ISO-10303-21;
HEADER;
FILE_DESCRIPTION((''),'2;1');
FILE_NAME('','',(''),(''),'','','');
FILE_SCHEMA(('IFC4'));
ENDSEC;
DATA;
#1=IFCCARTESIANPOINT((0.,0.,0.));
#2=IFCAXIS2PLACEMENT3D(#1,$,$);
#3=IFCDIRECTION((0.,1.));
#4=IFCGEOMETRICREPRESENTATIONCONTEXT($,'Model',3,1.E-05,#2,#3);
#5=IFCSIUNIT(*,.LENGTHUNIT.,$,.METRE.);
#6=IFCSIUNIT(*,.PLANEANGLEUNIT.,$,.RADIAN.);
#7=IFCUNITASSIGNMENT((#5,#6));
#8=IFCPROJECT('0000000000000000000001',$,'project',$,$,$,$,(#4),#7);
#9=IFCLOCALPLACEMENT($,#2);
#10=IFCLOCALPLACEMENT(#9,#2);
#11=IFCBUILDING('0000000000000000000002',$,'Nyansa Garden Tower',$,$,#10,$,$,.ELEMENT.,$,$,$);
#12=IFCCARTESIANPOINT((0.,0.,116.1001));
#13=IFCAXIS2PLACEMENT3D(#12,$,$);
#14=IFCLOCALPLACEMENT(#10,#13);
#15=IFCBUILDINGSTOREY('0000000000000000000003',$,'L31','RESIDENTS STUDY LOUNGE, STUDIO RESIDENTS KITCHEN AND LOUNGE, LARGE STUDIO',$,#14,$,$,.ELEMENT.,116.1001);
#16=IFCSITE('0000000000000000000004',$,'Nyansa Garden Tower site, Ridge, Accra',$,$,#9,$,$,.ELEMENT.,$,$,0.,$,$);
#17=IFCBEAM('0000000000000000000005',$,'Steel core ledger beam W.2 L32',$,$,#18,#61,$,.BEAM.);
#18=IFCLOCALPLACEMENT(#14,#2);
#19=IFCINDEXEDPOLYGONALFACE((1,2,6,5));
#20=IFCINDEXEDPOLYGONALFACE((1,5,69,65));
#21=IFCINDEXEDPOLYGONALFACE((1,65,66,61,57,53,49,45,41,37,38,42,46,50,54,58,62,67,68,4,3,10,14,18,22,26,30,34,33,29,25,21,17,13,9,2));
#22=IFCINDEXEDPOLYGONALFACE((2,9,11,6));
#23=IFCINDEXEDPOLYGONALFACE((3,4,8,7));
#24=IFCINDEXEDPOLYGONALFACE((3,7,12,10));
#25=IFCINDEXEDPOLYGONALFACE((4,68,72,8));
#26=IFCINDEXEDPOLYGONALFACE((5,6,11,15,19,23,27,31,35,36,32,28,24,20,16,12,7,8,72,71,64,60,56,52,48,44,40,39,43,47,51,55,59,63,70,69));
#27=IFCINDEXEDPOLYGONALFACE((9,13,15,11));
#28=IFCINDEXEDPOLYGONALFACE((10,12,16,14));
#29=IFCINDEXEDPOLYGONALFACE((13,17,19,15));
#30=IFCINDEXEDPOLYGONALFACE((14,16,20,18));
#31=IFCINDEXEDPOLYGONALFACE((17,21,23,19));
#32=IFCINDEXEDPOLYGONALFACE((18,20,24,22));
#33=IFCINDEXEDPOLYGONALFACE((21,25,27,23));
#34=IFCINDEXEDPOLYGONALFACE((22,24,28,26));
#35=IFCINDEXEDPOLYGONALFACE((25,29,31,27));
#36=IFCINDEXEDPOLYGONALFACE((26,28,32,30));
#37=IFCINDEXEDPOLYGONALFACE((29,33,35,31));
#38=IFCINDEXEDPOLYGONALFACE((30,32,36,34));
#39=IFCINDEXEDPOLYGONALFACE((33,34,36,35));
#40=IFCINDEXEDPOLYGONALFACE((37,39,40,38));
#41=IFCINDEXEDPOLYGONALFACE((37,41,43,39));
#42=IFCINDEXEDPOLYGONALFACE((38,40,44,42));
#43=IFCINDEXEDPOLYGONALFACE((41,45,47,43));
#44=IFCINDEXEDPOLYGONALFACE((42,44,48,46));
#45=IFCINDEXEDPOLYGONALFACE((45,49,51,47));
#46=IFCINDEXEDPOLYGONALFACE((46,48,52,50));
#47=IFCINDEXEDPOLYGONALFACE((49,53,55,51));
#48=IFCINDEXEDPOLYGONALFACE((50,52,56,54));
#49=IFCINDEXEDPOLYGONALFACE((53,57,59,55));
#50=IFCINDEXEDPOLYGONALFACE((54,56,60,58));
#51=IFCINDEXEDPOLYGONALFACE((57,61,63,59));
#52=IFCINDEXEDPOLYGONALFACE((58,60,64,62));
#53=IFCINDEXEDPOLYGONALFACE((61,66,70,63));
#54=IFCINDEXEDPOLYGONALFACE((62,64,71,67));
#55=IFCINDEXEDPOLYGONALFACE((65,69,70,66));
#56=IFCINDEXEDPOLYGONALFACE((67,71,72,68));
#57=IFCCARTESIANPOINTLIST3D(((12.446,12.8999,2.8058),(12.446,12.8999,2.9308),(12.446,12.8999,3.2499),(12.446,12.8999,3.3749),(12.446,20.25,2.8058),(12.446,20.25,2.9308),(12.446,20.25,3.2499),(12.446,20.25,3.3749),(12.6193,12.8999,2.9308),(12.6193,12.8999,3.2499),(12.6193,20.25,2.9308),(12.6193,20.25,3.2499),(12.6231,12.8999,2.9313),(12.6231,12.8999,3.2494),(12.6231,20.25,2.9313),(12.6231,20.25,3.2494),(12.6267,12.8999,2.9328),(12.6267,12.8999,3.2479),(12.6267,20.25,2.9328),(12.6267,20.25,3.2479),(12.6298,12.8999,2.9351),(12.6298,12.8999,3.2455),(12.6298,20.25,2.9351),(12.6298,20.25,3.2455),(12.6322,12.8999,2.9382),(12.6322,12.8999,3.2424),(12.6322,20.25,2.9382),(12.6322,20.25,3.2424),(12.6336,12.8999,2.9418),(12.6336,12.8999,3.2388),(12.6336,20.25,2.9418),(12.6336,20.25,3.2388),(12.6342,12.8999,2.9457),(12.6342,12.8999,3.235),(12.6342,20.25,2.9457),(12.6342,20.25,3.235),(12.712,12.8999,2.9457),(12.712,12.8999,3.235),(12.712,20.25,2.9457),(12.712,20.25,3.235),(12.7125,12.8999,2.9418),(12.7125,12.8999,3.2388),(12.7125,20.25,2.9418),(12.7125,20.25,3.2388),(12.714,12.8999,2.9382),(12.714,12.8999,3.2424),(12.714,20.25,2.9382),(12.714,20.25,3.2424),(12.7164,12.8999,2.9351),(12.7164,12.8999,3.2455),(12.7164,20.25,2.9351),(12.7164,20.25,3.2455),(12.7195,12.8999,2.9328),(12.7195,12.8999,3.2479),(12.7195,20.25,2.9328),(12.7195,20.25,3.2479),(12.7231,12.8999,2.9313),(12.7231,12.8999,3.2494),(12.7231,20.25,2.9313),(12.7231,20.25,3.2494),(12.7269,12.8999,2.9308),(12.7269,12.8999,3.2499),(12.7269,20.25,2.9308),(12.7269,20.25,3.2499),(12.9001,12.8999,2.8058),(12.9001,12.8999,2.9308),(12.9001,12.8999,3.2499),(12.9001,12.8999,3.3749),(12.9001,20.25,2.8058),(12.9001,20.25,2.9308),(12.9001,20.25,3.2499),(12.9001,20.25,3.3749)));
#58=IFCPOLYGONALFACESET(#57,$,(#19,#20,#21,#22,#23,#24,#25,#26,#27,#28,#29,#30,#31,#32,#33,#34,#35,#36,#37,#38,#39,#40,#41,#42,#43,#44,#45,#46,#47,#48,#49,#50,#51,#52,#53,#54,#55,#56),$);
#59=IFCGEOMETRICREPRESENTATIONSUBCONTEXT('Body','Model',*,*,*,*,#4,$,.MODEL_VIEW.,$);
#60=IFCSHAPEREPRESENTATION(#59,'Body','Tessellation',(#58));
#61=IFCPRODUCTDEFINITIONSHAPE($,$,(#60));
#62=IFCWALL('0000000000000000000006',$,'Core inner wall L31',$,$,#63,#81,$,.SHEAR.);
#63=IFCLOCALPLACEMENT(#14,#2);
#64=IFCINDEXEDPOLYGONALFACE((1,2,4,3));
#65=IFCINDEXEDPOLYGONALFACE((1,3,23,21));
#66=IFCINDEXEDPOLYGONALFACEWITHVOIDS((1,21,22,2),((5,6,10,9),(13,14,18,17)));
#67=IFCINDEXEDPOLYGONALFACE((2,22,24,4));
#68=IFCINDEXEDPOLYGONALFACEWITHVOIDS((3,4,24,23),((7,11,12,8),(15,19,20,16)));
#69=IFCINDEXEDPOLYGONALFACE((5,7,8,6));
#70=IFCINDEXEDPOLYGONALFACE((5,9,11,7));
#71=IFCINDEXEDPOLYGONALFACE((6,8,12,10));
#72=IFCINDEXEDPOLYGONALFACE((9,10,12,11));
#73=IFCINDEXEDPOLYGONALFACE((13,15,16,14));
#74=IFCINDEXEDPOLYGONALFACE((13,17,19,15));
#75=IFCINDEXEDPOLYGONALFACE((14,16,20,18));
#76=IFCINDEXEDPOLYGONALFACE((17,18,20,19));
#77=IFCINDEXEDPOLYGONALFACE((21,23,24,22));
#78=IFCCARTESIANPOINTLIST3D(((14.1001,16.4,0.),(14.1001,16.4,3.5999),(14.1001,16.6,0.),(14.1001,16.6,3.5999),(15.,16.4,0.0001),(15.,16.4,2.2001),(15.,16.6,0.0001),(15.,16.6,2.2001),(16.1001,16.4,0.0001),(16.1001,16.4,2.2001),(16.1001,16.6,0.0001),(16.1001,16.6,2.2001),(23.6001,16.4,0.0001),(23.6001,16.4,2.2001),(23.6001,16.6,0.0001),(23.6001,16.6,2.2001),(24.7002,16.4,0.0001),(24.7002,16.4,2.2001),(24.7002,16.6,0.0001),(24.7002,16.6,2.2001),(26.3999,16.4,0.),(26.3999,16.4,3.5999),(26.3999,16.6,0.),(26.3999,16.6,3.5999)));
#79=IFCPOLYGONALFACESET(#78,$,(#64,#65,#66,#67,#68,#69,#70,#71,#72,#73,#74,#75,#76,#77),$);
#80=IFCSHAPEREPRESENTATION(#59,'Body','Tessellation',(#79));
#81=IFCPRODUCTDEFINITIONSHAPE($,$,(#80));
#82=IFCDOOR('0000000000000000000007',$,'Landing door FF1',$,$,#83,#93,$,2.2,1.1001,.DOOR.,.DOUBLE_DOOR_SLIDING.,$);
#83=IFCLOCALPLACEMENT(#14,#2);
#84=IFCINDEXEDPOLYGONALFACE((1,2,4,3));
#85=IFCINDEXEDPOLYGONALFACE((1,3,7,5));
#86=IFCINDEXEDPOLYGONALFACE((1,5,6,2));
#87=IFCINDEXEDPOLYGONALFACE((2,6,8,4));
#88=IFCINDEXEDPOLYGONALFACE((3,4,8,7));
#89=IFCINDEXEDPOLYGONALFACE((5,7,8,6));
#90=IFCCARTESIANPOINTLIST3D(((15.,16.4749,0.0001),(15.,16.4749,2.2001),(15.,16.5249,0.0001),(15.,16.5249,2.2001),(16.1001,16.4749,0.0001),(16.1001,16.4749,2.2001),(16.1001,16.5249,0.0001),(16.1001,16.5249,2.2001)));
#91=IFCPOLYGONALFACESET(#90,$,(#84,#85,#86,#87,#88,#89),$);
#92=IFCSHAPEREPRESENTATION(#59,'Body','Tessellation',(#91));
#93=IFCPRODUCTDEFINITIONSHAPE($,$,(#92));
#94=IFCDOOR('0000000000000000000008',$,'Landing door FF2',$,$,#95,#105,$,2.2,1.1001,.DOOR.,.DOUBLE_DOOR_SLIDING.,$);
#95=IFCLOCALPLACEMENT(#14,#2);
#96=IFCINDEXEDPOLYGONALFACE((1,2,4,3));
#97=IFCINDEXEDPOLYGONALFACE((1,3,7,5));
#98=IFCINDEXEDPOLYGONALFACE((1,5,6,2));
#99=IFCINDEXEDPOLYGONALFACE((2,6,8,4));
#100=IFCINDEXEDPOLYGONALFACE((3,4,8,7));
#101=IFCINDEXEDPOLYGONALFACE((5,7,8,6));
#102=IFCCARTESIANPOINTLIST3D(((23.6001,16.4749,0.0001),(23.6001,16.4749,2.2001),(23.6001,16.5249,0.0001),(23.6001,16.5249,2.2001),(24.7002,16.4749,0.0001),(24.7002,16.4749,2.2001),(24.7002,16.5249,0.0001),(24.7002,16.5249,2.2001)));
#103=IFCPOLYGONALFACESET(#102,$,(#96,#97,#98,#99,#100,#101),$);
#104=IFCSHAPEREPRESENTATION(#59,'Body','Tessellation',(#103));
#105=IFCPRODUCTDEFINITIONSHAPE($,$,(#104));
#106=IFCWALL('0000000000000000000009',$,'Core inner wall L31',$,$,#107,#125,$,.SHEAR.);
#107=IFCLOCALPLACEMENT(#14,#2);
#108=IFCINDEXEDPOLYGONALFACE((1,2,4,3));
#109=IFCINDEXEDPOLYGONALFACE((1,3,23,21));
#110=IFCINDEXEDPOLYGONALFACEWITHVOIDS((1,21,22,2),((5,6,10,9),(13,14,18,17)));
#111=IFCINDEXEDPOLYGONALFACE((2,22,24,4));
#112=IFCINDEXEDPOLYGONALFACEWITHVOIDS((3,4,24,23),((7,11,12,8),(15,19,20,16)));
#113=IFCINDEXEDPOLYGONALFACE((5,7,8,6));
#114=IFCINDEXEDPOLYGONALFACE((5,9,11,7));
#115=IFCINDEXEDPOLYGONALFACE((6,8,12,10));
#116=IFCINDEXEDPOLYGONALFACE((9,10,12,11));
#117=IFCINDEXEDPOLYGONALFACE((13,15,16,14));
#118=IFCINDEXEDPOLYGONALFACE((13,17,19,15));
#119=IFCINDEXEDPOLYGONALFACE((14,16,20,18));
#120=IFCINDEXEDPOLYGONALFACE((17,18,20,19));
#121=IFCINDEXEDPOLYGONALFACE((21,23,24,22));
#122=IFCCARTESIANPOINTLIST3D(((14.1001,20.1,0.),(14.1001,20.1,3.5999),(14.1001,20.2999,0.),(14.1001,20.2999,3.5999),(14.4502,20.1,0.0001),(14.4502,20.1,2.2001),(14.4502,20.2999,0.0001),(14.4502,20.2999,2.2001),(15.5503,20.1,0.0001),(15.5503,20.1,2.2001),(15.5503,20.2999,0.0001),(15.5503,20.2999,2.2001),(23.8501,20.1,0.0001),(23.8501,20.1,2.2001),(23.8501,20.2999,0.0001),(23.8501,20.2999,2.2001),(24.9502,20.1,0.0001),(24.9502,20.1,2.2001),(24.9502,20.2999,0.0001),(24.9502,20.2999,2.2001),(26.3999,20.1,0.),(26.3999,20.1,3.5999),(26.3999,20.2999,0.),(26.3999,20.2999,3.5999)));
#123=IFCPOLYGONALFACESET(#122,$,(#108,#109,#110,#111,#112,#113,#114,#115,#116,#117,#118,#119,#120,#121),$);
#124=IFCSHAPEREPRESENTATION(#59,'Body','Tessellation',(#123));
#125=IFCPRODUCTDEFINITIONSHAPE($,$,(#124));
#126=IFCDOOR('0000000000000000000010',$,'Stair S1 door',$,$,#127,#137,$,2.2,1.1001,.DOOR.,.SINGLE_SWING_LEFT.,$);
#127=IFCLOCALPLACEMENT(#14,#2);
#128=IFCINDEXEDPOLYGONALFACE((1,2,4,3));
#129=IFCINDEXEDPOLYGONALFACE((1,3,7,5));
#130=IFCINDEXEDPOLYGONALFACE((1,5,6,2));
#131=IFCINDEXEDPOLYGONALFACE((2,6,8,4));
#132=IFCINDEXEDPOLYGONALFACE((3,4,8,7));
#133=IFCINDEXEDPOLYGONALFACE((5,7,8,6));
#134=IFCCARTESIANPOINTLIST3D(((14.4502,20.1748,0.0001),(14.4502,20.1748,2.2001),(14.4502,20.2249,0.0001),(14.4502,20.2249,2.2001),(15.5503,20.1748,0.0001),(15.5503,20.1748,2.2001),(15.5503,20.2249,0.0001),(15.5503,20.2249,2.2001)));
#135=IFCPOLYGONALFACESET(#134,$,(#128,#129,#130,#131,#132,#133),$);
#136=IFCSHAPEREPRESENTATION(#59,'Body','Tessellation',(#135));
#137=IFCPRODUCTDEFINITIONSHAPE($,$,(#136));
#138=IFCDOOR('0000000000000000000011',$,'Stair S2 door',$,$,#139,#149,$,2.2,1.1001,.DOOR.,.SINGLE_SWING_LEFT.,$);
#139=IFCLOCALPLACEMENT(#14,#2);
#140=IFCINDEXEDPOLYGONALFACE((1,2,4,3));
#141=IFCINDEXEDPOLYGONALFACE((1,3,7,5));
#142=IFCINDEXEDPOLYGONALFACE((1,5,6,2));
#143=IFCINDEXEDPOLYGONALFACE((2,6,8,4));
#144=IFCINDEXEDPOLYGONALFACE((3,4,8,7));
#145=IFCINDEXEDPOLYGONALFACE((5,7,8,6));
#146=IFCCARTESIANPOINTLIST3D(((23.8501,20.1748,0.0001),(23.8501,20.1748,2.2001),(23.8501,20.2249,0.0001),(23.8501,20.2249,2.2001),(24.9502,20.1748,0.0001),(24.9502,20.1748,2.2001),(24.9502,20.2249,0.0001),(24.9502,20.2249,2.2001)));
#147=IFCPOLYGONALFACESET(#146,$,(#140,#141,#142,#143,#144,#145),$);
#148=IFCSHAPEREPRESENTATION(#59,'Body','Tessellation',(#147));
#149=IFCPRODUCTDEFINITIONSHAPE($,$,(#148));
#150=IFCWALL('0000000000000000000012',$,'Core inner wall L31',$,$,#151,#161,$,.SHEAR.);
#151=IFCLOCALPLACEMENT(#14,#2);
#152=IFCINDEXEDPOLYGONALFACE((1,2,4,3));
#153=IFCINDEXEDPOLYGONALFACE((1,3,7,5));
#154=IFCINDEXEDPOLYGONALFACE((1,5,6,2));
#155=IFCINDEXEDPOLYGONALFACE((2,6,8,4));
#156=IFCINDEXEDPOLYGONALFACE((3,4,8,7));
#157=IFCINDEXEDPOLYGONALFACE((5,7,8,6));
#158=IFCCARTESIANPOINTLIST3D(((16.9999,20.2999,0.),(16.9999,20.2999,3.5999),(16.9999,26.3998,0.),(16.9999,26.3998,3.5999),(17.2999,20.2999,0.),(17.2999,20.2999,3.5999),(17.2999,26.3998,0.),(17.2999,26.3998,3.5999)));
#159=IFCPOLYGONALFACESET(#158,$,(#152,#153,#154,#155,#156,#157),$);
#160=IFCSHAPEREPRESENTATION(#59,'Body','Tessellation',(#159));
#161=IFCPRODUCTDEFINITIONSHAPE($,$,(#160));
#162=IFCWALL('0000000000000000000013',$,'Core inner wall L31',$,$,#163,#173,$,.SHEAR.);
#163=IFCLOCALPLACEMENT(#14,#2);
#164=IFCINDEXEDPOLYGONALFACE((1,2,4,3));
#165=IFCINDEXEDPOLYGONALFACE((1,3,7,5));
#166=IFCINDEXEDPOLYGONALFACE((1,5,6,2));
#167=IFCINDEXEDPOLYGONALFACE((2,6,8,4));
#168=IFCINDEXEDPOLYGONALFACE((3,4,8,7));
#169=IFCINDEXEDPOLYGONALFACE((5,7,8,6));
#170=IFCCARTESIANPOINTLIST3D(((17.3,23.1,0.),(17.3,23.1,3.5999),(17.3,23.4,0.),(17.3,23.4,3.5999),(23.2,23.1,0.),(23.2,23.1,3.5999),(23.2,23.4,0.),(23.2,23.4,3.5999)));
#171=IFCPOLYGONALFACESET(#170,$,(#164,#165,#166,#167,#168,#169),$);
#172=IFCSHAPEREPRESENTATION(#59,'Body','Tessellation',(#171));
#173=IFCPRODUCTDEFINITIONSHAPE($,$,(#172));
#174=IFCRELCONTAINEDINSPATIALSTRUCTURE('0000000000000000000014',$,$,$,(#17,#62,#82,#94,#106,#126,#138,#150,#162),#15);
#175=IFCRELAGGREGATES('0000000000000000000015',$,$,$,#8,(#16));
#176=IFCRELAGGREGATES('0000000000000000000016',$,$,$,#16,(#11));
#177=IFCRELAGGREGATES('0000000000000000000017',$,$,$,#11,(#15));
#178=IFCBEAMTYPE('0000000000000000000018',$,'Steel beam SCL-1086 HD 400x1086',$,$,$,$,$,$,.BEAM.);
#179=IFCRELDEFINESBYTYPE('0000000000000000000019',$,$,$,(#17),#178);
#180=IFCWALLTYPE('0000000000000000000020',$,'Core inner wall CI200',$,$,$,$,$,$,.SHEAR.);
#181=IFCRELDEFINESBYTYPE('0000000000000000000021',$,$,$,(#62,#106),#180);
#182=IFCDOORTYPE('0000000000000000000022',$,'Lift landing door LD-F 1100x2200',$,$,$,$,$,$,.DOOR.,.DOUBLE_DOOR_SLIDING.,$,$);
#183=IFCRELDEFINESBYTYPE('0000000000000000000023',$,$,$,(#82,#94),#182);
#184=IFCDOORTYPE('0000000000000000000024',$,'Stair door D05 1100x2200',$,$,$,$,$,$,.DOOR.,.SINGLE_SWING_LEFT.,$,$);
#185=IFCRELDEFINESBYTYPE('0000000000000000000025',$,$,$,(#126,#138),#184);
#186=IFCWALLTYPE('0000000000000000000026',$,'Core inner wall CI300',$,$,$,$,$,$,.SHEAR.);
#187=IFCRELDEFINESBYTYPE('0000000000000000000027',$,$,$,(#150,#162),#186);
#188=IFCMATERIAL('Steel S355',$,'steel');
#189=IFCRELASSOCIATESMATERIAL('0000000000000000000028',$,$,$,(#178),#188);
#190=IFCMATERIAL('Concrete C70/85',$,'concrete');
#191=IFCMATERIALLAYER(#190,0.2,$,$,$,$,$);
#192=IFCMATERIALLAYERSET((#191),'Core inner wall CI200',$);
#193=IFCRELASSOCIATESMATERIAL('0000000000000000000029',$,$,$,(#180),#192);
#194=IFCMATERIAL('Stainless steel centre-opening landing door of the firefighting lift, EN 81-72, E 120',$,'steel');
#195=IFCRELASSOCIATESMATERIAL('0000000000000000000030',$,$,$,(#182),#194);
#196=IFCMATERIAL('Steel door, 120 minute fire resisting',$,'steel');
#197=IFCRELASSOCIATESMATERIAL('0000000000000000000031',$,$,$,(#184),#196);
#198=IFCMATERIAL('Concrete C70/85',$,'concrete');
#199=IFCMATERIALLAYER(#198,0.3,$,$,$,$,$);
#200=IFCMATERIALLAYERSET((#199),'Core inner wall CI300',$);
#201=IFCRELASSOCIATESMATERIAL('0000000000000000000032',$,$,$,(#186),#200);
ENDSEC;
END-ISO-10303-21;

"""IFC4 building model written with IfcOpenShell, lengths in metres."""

from ifc_helpers import new_model, si_unit, direction, frame, frame_2d, origin, origin_2d, place, context, subcontext, project, spatial, rectangle, i_section, extrude, material, layer, layer_set, material_profile, profile_set, type_object, element, fill, save


model = new_model("IFC4")

# Units and contexts
model_context = context("Model", 3, precision=1e-05, world=origin(), true_north=direction((0.0, 1.0)))
body_context = subcontext(model_context, "Body", "Model", "MODEL_VIEW")
ifc_project = project(units=[si_unit("LENGTHUNIT", "METRE"), si_unit("PLANEANGLEUNIT", "RADIAN")], contexts=[model_context])

# Site, building, storey
site_placement = place(None, origin())
site = spatial("IfcSite", under=ifc_project, at=site_placement, Name="Nyansa Garden Tower site, Ridge, Accra", CompositionType="ELEMENT", RefElevation=0.0)
building_placement = place(site_placement, origin())
building = spatial("IfcBuilding", under=site, at=building_placement, Name="Nyansa Garden Tower", CompositionType="ELEMENT")
storey_placement = place(building_placement, frame((0.0, 0.0, 116.1001)))
storey = spatial("IfcBuildingStorey", under=building, at=storey_placement, Name="L31", Description="RESIDENTS STUDY LOUNGE, STUDIO RESIDENTS KITCHEN AND LOUNGE, LARGE STUDIO", CompositionType="ELEMENT", Elevation=116.1001)

# Beam
ifc_material_1 = material(Name="Steel S355", Category="steel")
ifc_material_profile_1 = material_profile(ifc_material_1, i_section(OverallWidth=0.4541, OverallDepth=0.5691, WebThickness=0.0779, FlangeThickness=0.125, FilletRadius=0.0149, at=origin_2d()), Name="HD 400x1086")
ifc_profile_set_1 = profile_set([ifc_material_profile_1], Name="Steel S355")
beam_type = type_object("IfcBeamType", Name="Steel beam SCL-1086 HD 400x1086", PredefinedType="BEAM", material=ifc_profile_set_1)
for number, where, z_axis, x_axis, name in (
    (1, (12.6731, 20.25, 3.0903), (0.0, -1.0, 0.0), (1.0, 0.0, 0.0), "Steel core ledger beam W.2 L32"),
):
    element("IfcBeam", number, at=place(storey_placement, frame(where, z_axis=z_axis, x_axis=x_axis)), inside=storey, type_object=beam_type, Name=name, PredefinedType="BEAM", context=body_context, shape_type="SweptSolid", body=[
        extrude(i_section(OverallWidth=0.4541, OverallDepth=0.5691, WebThickness=0.0779, FlangeThickness=0.125, FilletRadius=0.0149, at=origin_2d()), origin(), (0.0, 0.0, 1.0), 7.3501),
    ])

# Walls, openings, doors
ifc_material_2 = material(Name="Concrete C70/85", Category="concrete")
ifc_layer_1 = layer(ifc_material_2, 0.2)
ifc_layer_set_1 = layer_set([ifc_layer_1], Name="Core inner wall CI200")
wall_type_1 = type_object("IfcWallType", Name="Core inner wall CI200", PredefinedType="SHEAR", material=ifc_layer_set_1)
wall_1_placement = place(storey_placement, frame((14.1001, 16.5, 0.0), z_axis=(0.0, 0.0, 1.0), x_axis=(1.0, 0.0, 0.0)))
wall_1 = element("IfcWall", 2, at=wall_1_placement, inside=storey, type_object=wall_type_1, Name="Core inner wall L31", PredefinedType="SHEAR", context=body_context, shape_type="SweptSolid", body=[
    extrude(rectangle(XDim=12.2998, YDim=0.2, at=frame_2d((6.1499, 0.0))), origin(), (0.0, 0.0, 1.0), 3.5999),
])
opening_1_placement = place(wall_1_placement, frame((0.8999, 0.0, 0.0)))
opening_1 = element("IfcOpeningElement", 3, at=opening_1_placement, cuts=wall_1, PredefinedType="OPENING", context=body_context, shape_type="SweptSolid", body=[
    extrude(rectangle(XDim=1.1001, YDim=2.2, at=frame_2d((0.55, 1.1001))), frame((0.0, 0.1099, 0.0), z_axis=(0.0, -1.0, 0.0), x_axis=(1.0, 0.0, 0.0)), (0.0, 0.0, 1.0), 0.22),
])
opening_2_placement = place(wall_1_placement, frame((9.5, 0.0, 0.0)))
opening_2 = element("IfcOpeningElement", 4, at=opening_2_placement, cuts=wall_1, PredefinedType="OPENING", context=body_context, shape_type="SweptSolid", body=[
    extrude(rectangle(XDim=1.1001, YDim=2.2, at=frame_2d((0.55, 1.1001))), frame((0.0, 0.1099, 0.0), z_axis=(0.0, -1.0, 0.0), x_axis=(1.0, 0.0, 0.0)), (0.0, 0.0, 1.0), 0.22),
])
ifc_material_3 = material(Name="Stainless steel centre-opening landing door of the firefighting lift, EN 81-72, E 120", Category="steel")
door_type_1 = type_object("IfcDoorType", Name="Lift landing door LD-F 1100x2200", OperationType="DOUBLE_DOOR_SLIDING", PredefinedType="DOOR", material=ifc_material_3)
door_1_placement = place(opening_1_placement, origin())
door_1 = element("IfcDoor", 5, at=door_1_placement, inside=storey, type_object=door_type_1, Name="Landing door FF1", OperationType="DOUBLE_DOOR_SLIDING", OverallHeight=2.2, OverallWidth=1.1001, PredefinedType="DOOR", context=body_context, shape_type="SweptSolid", body=[
    extrude(rectangle(XDim=1.1001, YDim=2.2, at=frame_2d((0.55, 1.1001))), frame((0.0, 0.0249, 0.0), z_axis=(0.0, -1.0, 0.0), x_axis=(1.0, 0.0, 0.0)), (0.0, 0.0, 1.0), 0.05),
])
fill(opening_1, door_1)
door_2_placement = place(opening_2_placement, origin())
door_2 = element("IfcDoor", 6, at=door_2_placement, inside=storey, type_object=door_type_1, Name="Landing door FF2", OperationType="DOUBLE_DOOR_SLIDING", OverallHeight=2.2, OverallWidth=1.1001, PredefinedType="DOOR", context=body_context, shape_type="SweptSolid", body=[
    extrude(rectangle(XDim=1.1001, YDim=2.2, at=frame_2d((0.55, 1.1001))), frame((0.0, 0.0249, 0.0), z_axis=(0.0, -1.0, 0.0), x_axis=(1.0, 0.0, 0.0)), (0.0, 0.0, 1.0), 0.05),
])
fill(opening_2, door_2)
wall_2_placement = place(storey_placement, frame((14.1001, 20.2, 0.0), z_axis=(0.0, 0.0, 1.0), x_axis=(1.0, 0.0, 0.0)))
wall_2 = element("IfcWall", 7, at=wall_2_placement, inside=storey, type_object=wall_type_1, Name="Core inner wall L31", PredefinedType="SHEAR", context=body_context, shape_type="SweptSolid", body=[
    extrude(rectangle(XDim=12.2998, YDim=0.2, at=frame_2d((6.1499, 0.0))), origin(), (0.0, 0.0, 1.0), 3.5999),
])
opening_3_placement = place(wall_2_placement, frame((0.3501, 0.0, 0.0)))
opening_3 = element("IfcOpeningElement", 8, at=opening_3_placement, cuts=wall_2, PredefinedType="OPENING", context=body_context, shape_type="SweptSolid", body=[
    extrude(rectangle(XDim=1.1001, YDim=2.2, at=frame_2d((0.55, 1.1001))), frame((0.0, 0.1099, 0.0), z_axis=(0.0, -1.0, 0.0), x_axis=(1.0, 0.0, 0.0)), (0.0, 0.0, 1.0), 0.22),
])
opening_4_placement = place(wall_2_placement, frame((9.75, 0.0, 0.0)))
opening_4 = element("IfcOpeningElement", 9, at=opening_4_placement, cuts=wall_2, PredefinedType="OPENING", context=body_context, shape_type="SweptSolid", body=[
    extrude(rectangle(XDim=1.1001, YDim=2.2, at=frame_2d((0.55, 1.1001))), frame((0.0, 0.1099, 0.0), z_axis=(0.0, -1.0, 0.0), x_axis=(1.0, 0.0, 0.0)), (0.0, 0.0, 1.0), 0.22),
])
ifc_material_4 = material(Name="Steel door, 120 minute fire resisting", Category="steel")
door_type_2 = type_object("IfcDoorType", Name="Stair door D05 1100x2200", OperationType="SINGLE_SWING_LEFT", PredefinedType="DOOR", material=ifc_material_4)
door_3_placement = place(opening_3_placement, origin())
door_3 = element("IfcDoor", 10, at=door_3_placement, inside=storey, type_object=door_type_2, Name="Stair S1 door", OperationType="SINGLE_SWING_LEFT", OverallHeight=2.2, OverallWidth=1.1001, PredefinedType="DOOR", context=body_context, shape_type="SweptSolid", body=[
    extrude(rectangle(XDim=1.1001, YDim=2.2, at=frame_2d((0.55, 1.1001))), frame((0.0, 0.0249, 0.0), z_axis=(0.0, -1.0, 0.0), x_axis=(1.0, 0.0, 0.0)), (0.0, 0.0, 1.0), 0.05),
])
fill(opening_3, door_3)
door_4_placement = place(opening_4_placement, origin())
door_4 = element("IfcDoor", 11, at=door_4_placement, inside=storey, type_object=door_type_2, Name="Stair S2 door", OperationType="SINGLE_SWING_LEFT", OverallHeight=2.2, OverallWidth=1.1001, PredefinedType="DOOR", context=body_context, shape_type="SweptSolid", body=[
    extrude(rectangle(XDim=1.1001, YDim=2.2, at=frame_2d((0.55, 1.1001))), frame((0.0, 0.0249, 0.0), z_axis=(0.0, -1.0, 0.0), x_axis=(1.0, 0.0, 0.0)), (0.0, 0.0, 1.0), 0.05),
])
fill(opening_4, door_4)

# Walls
ifc_material_5 = material(Name="Concrete C70/85", Category="concrete")
ifc_layer_2 = layer(ifc_material_5, 0.3)
ifc_layer_set_2 = layer_set([ifc_layer_2], Name="Core inner wall CI300")
wall_type_2 = type_object("IfcWallType", Name="Core inner wall CI300", PredefinedType="SHEAR", material=ifc_layer_set_2)
wall_3_placement = place(storey_placement, frame((17.1499, 20.3, 0.0), z_axis=(0.0, 0.0, 1.0), x_axis=(0.0, 1.0, 0.0)))
element("IfcWall", 12, at=wall_3_placement, inside=storey, type_object=wall_type_2, Name="Core inner wall L31", PredefinedType="SHEAR", context=body_context, shape_type="SweptSolid", body=[
    extrude(rectangle(XDim=6.0999, YDim=0.3, at=frame_2d((3.0498, 0.0))), origin(), (0.0, 0.0, 1.0), 3.5999),
])
wall_4_placement = place(storey_placement, frame((17.3, 23.25, 0.0), z_axis=(0.0, 0.0, 1.0), x_axis=(1.0, 0.0, 0.0)))
element("IfcWall", 13, at=wall_4_placement, inside=storey, type_object=wall_type_2, Name="Core inner wall L31", PredefinedType="SHEAR", context=body_context, shape_type="SweptSolid", body=[
    extrude(rectangle(XDim=5.8999, YDim=0.3, at=frame_2d((2.95, 0.0))), origin(), (0.0, 0.0, 1.0), 3.5999),
])

save(model, "model.ifc")
